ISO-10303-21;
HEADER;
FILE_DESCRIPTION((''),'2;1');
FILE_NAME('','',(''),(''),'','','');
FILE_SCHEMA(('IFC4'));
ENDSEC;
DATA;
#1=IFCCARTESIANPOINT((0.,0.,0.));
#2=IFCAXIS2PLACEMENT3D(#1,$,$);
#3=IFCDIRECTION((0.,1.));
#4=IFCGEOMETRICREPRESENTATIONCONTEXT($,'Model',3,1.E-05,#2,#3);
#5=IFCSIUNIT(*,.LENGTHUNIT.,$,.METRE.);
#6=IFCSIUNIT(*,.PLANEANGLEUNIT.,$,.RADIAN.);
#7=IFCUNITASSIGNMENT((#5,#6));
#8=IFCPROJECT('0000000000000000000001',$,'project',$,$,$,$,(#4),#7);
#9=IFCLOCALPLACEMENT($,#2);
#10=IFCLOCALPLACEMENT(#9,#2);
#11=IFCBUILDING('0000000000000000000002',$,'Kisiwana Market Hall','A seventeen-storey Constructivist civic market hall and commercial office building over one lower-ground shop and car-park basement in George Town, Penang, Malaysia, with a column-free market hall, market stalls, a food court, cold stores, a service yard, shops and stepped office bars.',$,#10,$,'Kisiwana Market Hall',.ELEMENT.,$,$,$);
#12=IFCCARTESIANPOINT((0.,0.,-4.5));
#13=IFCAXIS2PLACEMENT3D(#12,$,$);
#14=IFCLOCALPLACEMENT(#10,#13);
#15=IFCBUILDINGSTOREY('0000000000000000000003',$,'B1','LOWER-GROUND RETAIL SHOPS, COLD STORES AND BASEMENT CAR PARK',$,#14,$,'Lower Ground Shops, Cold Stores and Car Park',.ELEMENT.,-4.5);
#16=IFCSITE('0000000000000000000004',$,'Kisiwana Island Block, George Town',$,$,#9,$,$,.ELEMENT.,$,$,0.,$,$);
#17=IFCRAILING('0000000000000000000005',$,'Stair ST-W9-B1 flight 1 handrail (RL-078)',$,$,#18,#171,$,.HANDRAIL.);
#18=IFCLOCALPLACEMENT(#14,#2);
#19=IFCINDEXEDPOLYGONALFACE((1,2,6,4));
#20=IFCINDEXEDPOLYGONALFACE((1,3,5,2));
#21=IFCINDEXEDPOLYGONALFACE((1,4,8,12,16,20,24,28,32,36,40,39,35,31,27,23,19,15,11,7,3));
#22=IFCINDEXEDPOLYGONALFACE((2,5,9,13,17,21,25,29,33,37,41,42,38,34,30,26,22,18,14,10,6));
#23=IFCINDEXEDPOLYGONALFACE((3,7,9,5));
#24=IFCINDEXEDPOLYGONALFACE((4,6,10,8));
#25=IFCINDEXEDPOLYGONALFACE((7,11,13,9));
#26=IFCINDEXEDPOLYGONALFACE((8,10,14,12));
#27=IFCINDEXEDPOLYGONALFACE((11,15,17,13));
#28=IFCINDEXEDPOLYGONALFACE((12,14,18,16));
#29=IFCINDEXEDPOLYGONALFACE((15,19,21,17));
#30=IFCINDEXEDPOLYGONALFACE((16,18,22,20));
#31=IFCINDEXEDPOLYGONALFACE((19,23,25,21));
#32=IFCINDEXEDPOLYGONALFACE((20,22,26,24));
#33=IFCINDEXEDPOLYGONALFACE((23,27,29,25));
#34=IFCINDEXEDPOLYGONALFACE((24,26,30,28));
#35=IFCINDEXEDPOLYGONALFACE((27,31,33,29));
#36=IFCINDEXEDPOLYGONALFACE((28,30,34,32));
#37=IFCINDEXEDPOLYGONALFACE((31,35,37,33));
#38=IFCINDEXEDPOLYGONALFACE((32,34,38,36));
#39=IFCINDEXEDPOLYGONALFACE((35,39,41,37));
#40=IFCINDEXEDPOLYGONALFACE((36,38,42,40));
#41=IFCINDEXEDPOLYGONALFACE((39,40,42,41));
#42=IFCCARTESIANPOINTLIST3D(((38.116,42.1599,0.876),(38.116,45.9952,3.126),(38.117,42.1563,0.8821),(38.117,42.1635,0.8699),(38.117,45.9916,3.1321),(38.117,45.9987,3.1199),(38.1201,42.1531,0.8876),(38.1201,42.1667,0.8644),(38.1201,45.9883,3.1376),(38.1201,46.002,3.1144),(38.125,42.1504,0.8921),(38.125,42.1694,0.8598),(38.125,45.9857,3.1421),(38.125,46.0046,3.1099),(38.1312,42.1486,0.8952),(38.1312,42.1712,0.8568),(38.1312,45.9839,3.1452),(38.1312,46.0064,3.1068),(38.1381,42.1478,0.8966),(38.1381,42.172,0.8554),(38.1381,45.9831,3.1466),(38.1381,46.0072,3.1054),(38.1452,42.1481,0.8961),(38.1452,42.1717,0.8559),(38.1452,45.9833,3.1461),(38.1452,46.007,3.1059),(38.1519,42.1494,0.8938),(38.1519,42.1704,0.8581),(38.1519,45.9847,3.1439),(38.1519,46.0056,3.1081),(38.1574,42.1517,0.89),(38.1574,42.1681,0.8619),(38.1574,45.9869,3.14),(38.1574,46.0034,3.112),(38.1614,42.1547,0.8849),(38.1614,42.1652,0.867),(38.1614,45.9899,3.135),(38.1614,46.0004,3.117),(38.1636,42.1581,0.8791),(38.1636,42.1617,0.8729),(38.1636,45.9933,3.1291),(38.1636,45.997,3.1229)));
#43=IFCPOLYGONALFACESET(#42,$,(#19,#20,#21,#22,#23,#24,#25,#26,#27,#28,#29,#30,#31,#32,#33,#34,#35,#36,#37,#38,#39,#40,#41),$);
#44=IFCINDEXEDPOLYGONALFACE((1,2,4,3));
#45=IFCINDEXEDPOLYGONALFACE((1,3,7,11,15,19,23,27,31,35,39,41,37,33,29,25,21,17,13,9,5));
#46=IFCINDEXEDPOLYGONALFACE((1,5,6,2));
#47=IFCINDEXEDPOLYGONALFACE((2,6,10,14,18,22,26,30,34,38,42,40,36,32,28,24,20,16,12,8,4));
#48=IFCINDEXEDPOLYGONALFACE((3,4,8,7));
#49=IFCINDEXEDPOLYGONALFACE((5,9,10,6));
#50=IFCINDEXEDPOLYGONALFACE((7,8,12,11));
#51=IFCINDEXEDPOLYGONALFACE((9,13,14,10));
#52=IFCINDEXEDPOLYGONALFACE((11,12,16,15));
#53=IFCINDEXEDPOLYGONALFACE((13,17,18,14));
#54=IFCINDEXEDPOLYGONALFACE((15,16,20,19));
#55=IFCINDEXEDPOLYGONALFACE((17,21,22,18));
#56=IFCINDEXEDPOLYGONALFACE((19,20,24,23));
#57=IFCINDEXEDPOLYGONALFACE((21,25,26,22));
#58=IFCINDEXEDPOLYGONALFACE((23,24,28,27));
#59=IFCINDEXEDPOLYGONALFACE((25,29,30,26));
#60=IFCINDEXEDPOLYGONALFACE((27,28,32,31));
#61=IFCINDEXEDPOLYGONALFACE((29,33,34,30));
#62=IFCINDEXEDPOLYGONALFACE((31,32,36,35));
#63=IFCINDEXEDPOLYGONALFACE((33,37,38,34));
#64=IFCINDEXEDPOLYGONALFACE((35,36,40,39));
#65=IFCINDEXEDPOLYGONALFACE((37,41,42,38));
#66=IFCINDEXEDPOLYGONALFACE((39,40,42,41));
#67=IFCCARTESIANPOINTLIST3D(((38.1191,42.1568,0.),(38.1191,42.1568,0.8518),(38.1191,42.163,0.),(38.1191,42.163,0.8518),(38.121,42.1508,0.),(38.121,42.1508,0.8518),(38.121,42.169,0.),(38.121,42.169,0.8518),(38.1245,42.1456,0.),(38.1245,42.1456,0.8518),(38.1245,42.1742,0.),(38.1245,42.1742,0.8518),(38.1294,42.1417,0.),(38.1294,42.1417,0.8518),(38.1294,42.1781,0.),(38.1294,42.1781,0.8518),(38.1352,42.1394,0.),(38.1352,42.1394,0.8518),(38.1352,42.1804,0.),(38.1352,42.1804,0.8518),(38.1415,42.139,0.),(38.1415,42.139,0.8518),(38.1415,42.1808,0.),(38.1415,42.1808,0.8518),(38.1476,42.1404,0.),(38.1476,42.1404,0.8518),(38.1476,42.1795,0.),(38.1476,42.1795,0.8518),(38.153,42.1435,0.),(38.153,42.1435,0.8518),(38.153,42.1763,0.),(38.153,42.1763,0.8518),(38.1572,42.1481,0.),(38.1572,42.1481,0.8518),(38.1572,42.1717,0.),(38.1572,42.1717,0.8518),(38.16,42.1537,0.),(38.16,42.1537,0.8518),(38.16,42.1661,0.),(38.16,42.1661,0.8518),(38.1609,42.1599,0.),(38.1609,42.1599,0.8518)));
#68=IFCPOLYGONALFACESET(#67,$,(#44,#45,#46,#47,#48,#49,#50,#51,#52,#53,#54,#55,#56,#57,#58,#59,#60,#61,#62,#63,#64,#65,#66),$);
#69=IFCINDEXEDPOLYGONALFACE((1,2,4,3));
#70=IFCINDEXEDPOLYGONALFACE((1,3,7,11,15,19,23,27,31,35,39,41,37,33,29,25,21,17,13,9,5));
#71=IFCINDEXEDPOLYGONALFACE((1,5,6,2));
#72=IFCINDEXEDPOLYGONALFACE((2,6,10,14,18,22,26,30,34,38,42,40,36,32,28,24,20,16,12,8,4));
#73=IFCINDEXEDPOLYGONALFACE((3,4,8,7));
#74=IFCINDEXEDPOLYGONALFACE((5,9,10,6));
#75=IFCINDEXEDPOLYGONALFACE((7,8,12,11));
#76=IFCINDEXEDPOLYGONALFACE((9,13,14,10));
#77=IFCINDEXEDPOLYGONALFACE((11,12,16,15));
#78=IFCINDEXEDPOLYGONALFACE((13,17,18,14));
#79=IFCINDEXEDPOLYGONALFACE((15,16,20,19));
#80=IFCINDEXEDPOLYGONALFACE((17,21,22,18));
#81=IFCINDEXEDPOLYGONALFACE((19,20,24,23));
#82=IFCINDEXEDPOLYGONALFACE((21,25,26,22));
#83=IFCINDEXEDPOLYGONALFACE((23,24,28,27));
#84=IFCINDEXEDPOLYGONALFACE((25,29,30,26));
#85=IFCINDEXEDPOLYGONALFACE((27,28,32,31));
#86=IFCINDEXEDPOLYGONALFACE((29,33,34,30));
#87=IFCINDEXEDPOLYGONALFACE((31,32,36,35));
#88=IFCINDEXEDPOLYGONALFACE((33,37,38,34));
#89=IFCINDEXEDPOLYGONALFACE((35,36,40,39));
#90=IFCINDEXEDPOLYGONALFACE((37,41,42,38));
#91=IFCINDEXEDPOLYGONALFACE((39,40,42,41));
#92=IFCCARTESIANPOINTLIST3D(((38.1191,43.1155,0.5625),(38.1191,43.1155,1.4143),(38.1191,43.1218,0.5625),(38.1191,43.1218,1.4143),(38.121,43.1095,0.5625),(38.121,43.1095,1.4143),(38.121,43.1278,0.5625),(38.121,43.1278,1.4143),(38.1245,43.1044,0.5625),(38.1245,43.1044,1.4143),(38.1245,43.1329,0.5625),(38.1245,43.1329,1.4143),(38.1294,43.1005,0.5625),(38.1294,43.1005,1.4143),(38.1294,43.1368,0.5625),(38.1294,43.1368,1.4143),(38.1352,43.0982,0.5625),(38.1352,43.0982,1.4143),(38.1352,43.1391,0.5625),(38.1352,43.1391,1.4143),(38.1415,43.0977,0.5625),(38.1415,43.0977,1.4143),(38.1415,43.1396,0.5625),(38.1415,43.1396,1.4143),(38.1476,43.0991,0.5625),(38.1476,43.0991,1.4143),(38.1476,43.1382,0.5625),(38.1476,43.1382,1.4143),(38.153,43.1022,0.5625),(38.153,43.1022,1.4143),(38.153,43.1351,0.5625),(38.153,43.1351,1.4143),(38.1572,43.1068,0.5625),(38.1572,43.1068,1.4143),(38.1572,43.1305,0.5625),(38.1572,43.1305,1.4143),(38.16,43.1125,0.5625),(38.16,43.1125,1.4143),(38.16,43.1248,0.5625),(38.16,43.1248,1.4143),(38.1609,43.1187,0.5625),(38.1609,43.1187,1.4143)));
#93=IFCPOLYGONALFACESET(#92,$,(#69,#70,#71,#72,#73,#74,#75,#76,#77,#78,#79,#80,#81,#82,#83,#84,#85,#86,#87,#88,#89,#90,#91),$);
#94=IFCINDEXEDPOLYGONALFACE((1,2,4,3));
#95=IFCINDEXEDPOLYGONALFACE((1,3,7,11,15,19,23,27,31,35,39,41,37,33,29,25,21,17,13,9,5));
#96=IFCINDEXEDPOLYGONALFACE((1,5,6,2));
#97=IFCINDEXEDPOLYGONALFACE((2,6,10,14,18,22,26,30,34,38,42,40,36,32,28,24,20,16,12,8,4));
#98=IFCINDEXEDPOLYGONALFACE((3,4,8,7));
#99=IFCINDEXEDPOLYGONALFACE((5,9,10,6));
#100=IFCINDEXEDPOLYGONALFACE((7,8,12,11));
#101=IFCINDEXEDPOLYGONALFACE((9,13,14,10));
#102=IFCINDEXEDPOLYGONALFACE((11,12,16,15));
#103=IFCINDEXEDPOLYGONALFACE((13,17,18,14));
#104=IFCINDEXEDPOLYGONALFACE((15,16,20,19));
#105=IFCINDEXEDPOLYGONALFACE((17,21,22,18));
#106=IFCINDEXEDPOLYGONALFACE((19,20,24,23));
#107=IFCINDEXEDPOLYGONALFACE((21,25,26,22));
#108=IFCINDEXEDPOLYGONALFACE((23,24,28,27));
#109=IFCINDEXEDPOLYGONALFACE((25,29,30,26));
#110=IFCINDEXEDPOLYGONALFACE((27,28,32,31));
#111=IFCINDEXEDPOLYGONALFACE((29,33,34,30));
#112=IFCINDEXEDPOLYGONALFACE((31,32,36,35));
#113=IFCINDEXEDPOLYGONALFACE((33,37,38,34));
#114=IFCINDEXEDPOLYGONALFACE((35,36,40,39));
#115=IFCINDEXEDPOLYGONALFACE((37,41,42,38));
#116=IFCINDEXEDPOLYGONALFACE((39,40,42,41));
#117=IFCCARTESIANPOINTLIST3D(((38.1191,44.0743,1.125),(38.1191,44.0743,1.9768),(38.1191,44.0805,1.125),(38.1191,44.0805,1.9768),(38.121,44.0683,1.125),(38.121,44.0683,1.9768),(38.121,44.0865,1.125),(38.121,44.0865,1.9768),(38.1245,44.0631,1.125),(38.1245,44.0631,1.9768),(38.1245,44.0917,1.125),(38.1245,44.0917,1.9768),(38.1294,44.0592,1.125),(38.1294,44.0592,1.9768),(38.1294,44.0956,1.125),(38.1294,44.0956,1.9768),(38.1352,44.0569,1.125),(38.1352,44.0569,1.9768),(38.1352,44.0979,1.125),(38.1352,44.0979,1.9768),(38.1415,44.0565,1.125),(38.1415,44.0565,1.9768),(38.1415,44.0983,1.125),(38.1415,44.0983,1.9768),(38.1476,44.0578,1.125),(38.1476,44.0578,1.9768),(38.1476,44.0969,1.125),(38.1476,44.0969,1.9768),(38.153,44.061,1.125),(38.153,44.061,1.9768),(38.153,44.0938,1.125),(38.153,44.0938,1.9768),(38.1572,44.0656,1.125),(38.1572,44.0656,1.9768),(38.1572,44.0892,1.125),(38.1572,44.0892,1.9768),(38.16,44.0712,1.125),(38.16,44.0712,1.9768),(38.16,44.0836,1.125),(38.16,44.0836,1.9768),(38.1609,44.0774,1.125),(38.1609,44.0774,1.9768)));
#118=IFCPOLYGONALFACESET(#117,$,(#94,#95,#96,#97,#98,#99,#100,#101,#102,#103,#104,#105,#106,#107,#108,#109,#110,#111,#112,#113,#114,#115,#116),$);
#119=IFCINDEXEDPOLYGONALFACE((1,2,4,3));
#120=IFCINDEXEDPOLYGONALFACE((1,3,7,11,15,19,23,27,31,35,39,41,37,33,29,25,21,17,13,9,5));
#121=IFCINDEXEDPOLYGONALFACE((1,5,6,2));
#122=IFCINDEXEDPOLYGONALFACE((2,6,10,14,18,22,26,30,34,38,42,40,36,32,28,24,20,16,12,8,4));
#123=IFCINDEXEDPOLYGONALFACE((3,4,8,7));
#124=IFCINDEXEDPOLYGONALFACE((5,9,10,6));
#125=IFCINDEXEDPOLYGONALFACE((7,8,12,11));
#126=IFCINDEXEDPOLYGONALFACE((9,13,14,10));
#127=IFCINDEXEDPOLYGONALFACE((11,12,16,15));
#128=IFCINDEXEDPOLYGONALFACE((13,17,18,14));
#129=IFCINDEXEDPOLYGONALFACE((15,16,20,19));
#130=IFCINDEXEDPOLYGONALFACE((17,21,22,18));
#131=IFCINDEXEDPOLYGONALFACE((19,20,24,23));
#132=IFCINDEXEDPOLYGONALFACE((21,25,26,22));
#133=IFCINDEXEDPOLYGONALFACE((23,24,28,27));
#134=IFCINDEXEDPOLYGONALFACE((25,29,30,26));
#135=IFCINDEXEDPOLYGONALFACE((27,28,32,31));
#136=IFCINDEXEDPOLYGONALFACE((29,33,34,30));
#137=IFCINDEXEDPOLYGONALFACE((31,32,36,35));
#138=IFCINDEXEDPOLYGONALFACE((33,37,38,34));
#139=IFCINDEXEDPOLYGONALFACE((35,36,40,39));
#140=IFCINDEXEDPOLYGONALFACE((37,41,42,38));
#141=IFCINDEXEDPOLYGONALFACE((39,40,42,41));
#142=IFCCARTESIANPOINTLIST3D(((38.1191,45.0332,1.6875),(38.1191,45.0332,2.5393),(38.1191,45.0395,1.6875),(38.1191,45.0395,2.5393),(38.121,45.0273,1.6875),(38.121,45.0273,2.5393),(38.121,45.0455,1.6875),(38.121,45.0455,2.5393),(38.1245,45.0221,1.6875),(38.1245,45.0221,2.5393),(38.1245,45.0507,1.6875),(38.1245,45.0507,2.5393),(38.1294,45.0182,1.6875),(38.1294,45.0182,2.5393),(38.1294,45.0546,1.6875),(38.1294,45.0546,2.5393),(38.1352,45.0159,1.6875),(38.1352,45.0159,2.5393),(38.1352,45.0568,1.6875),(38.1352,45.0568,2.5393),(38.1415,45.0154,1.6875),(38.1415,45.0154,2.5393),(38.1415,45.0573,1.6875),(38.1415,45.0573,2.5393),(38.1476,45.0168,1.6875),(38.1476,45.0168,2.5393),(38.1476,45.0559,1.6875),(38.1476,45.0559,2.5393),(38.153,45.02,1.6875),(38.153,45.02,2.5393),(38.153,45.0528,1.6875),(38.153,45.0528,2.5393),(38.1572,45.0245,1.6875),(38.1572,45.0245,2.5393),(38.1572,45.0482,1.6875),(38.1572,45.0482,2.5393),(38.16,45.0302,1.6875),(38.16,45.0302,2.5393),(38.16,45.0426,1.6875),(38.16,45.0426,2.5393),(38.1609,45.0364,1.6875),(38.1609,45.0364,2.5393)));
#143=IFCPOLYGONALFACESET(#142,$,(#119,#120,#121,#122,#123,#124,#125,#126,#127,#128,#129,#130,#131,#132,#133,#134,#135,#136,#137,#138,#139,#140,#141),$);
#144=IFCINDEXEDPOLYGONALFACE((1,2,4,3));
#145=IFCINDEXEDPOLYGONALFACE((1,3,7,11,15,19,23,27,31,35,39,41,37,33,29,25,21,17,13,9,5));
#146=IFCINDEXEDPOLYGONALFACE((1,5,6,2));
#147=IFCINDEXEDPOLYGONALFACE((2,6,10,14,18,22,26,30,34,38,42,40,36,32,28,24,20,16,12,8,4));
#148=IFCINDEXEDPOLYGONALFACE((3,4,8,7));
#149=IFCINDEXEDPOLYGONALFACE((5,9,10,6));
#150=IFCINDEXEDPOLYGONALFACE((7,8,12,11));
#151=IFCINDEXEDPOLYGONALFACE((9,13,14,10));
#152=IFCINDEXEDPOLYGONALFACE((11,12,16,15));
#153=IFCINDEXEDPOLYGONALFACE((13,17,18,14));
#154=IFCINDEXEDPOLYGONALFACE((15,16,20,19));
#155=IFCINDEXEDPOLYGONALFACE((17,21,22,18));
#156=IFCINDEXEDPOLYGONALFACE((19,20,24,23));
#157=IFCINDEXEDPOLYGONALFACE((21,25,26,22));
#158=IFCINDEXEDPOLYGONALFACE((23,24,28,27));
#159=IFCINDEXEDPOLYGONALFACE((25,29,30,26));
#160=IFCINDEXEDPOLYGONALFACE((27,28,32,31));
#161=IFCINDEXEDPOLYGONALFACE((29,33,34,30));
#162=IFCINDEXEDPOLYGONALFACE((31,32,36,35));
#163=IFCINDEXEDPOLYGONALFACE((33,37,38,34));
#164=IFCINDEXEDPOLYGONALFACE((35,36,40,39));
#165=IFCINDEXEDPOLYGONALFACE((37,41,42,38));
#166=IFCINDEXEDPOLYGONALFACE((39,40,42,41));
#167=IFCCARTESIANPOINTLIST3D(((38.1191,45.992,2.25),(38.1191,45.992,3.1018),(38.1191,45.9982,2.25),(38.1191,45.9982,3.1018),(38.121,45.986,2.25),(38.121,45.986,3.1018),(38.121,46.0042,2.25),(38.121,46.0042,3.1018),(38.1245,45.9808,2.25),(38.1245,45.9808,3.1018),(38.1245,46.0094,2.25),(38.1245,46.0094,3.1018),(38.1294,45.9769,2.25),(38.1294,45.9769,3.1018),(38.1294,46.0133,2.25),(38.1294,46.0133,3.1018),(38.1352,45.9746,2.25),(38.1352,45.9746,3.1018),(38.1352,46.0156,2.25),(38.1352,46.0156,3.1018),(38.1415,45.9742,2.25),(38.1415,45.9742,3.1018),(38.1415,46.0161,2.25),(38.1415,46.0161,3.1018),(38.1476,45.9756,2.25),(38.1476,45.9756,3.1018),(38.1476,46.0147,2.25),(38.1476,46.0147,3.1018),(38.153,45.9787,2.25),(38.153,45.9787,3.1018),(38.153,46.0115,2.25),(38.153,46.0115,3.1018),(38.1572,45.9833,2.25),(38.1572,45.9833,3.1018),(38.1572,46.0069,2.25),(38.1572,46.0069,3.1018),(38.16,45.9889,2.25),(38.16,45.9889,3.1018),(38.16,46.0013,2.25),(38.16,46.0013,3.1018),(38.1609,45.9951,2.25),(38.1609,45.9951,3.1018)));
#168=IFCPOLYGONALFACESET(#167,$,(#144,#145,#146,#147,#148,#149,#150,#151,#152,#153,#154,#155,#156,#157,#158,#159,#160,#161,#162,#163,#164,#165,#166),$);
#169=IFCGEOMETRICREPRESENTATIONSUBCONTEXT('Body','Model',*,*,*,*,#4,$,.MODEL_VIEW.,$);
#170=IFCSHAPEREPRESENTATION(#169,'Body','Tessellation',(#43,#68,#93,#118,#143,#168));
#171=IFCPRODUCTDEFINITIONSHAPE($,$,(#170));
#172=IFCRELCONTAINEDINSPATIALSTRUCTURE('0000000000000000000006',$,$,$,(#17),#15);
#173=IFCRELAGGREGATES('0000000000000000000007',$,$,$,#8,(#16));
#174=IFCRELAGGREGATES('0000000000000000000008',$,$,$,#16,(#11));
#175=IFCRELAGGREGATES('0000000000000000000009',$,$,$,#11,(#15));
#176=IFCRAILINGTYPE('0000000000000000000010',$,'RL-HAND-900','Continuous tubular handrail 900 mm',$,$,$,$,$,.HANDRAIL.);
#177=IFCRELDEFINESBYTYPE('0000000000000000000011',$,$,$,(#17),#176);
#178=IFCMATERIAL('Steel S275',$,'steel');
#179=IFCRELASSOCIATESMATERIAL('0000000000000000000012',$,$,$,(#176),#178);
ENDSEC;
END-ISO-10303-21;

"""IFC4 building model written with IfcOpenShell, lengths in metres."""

from ifc_helpers import new_model, si_unit, direction, frame, origin, origin_2d, place, context, subcontext, project, spatial, circle, extrude, material, type_object, element, save


model = new_model("IFC4")

# Units and contexts
model_context = context("Model", 3, precision=1e-05, world=origin(), true_north=direction((0.0, 1.0)))
body_context = subcontext(model_context, "Body", "Model", "MODEL_VIEW")
ifc_project = project(units=[si_unit("LENGTHUNIT", "METRE"), si_unit("PLANEANGLEUNIT", "RADIAN")], contexts=[model_context])

# Site, building, storey
site_placement = place(None, origin())
site = spatial("IfcSite", under=ifc_project, at=site_placement, Name="Kisiwana Island Block, George Town", CompositionType="ELEMENT", RefElevation=0.0)
building_placement = place(site_placement, origin())
building = spatial("IfcBuilding", under=site, at=building_placement, Name="Kisiwana Market Hall", Description="A seventeen-storey Constructivist civic market hall and commercial office building over one lower-ground shop and car-park basement in George Town, Penang, Malaysia, with a column-free market hall, market stalls, a food court, cold stores, a service yard, shops and stepped office bars.", LongName="Kisiwana Market Hall", CompositionType="ELEMENT")
storey_placement = place(building_placement, frame((0.0, 0.0, -4.5)))
storey = spatial("IfcBuildingStorey", under=building, at=storey_placement, Name="B1", Description="LOWER-GROUND RETAIL SHOPS, COLD STORES AND BASEMENT CAR PARK", LongName="Lower Ground Shops, Cold Stores and Car Park", CompositionType="ELEMENT", Elevation=-4.5)

# Railing
ifc_material_1 = material(Name="Steel S275", Category="steel")
railing_type_1 = type_object("IfcRailingType", Name="RL-HAND-900", Description="Continuous tubular handrail 900 mm", PredefinedType="HANDRAIL", material=ifc_material_1)
for number, where, name in (
    (1, (38.1399, 42.1599, 0.0), "Stair ST-W9-B1 flight 1 handrail (RL-078)"),
):
    element("IfcRailing", number, at=place(storey_placement, frame(where)), inside=storey, type_object=railing_type_1, Name=name, PredefinedType="HANDRAIL", context=body_context, shape_type="SweptSolid", body=[
        extrude(circle(Radius=0.0239, at=origin_2d()), frame((0.0, 0.0, 0.876), z_axis=(0.0, 0.862524, 0.506017), x_axis=(-1.0, 0.0, 0.0)), (0.0, 0.0, 1.0), 4.4465),
        extrude(circle(Radius=0.021, at=origin_2d()), origin(), (0.0, 0.0, 1.0), 0.8518),
        extrude(circle(Radius=0.021, at=origin_2d()), frame((0.0, 0.9587, 0.5625)), (0.0, 0.0, 1.0), 0.8518),
        extrude(circle(Radius=0.021, at=origin_2d()), frame((0.0, 1.9175, 1.125)), (0.0, 0.0, 1.0), 0.8518),
        extrude(circle(Radius=0.021, at=origin_2d()), frame((0.0, 2.8765, 1.6875)), (0.0, 0.0, 1.0), 0.8518),
        extrude(circle(Radius=0.021, at=origin_2d()), frame((0.0, 3.8352, 2.25)), (0.0, 0.0, 1.0), 0.8518),
    ])

save(model, "model.ifc")
